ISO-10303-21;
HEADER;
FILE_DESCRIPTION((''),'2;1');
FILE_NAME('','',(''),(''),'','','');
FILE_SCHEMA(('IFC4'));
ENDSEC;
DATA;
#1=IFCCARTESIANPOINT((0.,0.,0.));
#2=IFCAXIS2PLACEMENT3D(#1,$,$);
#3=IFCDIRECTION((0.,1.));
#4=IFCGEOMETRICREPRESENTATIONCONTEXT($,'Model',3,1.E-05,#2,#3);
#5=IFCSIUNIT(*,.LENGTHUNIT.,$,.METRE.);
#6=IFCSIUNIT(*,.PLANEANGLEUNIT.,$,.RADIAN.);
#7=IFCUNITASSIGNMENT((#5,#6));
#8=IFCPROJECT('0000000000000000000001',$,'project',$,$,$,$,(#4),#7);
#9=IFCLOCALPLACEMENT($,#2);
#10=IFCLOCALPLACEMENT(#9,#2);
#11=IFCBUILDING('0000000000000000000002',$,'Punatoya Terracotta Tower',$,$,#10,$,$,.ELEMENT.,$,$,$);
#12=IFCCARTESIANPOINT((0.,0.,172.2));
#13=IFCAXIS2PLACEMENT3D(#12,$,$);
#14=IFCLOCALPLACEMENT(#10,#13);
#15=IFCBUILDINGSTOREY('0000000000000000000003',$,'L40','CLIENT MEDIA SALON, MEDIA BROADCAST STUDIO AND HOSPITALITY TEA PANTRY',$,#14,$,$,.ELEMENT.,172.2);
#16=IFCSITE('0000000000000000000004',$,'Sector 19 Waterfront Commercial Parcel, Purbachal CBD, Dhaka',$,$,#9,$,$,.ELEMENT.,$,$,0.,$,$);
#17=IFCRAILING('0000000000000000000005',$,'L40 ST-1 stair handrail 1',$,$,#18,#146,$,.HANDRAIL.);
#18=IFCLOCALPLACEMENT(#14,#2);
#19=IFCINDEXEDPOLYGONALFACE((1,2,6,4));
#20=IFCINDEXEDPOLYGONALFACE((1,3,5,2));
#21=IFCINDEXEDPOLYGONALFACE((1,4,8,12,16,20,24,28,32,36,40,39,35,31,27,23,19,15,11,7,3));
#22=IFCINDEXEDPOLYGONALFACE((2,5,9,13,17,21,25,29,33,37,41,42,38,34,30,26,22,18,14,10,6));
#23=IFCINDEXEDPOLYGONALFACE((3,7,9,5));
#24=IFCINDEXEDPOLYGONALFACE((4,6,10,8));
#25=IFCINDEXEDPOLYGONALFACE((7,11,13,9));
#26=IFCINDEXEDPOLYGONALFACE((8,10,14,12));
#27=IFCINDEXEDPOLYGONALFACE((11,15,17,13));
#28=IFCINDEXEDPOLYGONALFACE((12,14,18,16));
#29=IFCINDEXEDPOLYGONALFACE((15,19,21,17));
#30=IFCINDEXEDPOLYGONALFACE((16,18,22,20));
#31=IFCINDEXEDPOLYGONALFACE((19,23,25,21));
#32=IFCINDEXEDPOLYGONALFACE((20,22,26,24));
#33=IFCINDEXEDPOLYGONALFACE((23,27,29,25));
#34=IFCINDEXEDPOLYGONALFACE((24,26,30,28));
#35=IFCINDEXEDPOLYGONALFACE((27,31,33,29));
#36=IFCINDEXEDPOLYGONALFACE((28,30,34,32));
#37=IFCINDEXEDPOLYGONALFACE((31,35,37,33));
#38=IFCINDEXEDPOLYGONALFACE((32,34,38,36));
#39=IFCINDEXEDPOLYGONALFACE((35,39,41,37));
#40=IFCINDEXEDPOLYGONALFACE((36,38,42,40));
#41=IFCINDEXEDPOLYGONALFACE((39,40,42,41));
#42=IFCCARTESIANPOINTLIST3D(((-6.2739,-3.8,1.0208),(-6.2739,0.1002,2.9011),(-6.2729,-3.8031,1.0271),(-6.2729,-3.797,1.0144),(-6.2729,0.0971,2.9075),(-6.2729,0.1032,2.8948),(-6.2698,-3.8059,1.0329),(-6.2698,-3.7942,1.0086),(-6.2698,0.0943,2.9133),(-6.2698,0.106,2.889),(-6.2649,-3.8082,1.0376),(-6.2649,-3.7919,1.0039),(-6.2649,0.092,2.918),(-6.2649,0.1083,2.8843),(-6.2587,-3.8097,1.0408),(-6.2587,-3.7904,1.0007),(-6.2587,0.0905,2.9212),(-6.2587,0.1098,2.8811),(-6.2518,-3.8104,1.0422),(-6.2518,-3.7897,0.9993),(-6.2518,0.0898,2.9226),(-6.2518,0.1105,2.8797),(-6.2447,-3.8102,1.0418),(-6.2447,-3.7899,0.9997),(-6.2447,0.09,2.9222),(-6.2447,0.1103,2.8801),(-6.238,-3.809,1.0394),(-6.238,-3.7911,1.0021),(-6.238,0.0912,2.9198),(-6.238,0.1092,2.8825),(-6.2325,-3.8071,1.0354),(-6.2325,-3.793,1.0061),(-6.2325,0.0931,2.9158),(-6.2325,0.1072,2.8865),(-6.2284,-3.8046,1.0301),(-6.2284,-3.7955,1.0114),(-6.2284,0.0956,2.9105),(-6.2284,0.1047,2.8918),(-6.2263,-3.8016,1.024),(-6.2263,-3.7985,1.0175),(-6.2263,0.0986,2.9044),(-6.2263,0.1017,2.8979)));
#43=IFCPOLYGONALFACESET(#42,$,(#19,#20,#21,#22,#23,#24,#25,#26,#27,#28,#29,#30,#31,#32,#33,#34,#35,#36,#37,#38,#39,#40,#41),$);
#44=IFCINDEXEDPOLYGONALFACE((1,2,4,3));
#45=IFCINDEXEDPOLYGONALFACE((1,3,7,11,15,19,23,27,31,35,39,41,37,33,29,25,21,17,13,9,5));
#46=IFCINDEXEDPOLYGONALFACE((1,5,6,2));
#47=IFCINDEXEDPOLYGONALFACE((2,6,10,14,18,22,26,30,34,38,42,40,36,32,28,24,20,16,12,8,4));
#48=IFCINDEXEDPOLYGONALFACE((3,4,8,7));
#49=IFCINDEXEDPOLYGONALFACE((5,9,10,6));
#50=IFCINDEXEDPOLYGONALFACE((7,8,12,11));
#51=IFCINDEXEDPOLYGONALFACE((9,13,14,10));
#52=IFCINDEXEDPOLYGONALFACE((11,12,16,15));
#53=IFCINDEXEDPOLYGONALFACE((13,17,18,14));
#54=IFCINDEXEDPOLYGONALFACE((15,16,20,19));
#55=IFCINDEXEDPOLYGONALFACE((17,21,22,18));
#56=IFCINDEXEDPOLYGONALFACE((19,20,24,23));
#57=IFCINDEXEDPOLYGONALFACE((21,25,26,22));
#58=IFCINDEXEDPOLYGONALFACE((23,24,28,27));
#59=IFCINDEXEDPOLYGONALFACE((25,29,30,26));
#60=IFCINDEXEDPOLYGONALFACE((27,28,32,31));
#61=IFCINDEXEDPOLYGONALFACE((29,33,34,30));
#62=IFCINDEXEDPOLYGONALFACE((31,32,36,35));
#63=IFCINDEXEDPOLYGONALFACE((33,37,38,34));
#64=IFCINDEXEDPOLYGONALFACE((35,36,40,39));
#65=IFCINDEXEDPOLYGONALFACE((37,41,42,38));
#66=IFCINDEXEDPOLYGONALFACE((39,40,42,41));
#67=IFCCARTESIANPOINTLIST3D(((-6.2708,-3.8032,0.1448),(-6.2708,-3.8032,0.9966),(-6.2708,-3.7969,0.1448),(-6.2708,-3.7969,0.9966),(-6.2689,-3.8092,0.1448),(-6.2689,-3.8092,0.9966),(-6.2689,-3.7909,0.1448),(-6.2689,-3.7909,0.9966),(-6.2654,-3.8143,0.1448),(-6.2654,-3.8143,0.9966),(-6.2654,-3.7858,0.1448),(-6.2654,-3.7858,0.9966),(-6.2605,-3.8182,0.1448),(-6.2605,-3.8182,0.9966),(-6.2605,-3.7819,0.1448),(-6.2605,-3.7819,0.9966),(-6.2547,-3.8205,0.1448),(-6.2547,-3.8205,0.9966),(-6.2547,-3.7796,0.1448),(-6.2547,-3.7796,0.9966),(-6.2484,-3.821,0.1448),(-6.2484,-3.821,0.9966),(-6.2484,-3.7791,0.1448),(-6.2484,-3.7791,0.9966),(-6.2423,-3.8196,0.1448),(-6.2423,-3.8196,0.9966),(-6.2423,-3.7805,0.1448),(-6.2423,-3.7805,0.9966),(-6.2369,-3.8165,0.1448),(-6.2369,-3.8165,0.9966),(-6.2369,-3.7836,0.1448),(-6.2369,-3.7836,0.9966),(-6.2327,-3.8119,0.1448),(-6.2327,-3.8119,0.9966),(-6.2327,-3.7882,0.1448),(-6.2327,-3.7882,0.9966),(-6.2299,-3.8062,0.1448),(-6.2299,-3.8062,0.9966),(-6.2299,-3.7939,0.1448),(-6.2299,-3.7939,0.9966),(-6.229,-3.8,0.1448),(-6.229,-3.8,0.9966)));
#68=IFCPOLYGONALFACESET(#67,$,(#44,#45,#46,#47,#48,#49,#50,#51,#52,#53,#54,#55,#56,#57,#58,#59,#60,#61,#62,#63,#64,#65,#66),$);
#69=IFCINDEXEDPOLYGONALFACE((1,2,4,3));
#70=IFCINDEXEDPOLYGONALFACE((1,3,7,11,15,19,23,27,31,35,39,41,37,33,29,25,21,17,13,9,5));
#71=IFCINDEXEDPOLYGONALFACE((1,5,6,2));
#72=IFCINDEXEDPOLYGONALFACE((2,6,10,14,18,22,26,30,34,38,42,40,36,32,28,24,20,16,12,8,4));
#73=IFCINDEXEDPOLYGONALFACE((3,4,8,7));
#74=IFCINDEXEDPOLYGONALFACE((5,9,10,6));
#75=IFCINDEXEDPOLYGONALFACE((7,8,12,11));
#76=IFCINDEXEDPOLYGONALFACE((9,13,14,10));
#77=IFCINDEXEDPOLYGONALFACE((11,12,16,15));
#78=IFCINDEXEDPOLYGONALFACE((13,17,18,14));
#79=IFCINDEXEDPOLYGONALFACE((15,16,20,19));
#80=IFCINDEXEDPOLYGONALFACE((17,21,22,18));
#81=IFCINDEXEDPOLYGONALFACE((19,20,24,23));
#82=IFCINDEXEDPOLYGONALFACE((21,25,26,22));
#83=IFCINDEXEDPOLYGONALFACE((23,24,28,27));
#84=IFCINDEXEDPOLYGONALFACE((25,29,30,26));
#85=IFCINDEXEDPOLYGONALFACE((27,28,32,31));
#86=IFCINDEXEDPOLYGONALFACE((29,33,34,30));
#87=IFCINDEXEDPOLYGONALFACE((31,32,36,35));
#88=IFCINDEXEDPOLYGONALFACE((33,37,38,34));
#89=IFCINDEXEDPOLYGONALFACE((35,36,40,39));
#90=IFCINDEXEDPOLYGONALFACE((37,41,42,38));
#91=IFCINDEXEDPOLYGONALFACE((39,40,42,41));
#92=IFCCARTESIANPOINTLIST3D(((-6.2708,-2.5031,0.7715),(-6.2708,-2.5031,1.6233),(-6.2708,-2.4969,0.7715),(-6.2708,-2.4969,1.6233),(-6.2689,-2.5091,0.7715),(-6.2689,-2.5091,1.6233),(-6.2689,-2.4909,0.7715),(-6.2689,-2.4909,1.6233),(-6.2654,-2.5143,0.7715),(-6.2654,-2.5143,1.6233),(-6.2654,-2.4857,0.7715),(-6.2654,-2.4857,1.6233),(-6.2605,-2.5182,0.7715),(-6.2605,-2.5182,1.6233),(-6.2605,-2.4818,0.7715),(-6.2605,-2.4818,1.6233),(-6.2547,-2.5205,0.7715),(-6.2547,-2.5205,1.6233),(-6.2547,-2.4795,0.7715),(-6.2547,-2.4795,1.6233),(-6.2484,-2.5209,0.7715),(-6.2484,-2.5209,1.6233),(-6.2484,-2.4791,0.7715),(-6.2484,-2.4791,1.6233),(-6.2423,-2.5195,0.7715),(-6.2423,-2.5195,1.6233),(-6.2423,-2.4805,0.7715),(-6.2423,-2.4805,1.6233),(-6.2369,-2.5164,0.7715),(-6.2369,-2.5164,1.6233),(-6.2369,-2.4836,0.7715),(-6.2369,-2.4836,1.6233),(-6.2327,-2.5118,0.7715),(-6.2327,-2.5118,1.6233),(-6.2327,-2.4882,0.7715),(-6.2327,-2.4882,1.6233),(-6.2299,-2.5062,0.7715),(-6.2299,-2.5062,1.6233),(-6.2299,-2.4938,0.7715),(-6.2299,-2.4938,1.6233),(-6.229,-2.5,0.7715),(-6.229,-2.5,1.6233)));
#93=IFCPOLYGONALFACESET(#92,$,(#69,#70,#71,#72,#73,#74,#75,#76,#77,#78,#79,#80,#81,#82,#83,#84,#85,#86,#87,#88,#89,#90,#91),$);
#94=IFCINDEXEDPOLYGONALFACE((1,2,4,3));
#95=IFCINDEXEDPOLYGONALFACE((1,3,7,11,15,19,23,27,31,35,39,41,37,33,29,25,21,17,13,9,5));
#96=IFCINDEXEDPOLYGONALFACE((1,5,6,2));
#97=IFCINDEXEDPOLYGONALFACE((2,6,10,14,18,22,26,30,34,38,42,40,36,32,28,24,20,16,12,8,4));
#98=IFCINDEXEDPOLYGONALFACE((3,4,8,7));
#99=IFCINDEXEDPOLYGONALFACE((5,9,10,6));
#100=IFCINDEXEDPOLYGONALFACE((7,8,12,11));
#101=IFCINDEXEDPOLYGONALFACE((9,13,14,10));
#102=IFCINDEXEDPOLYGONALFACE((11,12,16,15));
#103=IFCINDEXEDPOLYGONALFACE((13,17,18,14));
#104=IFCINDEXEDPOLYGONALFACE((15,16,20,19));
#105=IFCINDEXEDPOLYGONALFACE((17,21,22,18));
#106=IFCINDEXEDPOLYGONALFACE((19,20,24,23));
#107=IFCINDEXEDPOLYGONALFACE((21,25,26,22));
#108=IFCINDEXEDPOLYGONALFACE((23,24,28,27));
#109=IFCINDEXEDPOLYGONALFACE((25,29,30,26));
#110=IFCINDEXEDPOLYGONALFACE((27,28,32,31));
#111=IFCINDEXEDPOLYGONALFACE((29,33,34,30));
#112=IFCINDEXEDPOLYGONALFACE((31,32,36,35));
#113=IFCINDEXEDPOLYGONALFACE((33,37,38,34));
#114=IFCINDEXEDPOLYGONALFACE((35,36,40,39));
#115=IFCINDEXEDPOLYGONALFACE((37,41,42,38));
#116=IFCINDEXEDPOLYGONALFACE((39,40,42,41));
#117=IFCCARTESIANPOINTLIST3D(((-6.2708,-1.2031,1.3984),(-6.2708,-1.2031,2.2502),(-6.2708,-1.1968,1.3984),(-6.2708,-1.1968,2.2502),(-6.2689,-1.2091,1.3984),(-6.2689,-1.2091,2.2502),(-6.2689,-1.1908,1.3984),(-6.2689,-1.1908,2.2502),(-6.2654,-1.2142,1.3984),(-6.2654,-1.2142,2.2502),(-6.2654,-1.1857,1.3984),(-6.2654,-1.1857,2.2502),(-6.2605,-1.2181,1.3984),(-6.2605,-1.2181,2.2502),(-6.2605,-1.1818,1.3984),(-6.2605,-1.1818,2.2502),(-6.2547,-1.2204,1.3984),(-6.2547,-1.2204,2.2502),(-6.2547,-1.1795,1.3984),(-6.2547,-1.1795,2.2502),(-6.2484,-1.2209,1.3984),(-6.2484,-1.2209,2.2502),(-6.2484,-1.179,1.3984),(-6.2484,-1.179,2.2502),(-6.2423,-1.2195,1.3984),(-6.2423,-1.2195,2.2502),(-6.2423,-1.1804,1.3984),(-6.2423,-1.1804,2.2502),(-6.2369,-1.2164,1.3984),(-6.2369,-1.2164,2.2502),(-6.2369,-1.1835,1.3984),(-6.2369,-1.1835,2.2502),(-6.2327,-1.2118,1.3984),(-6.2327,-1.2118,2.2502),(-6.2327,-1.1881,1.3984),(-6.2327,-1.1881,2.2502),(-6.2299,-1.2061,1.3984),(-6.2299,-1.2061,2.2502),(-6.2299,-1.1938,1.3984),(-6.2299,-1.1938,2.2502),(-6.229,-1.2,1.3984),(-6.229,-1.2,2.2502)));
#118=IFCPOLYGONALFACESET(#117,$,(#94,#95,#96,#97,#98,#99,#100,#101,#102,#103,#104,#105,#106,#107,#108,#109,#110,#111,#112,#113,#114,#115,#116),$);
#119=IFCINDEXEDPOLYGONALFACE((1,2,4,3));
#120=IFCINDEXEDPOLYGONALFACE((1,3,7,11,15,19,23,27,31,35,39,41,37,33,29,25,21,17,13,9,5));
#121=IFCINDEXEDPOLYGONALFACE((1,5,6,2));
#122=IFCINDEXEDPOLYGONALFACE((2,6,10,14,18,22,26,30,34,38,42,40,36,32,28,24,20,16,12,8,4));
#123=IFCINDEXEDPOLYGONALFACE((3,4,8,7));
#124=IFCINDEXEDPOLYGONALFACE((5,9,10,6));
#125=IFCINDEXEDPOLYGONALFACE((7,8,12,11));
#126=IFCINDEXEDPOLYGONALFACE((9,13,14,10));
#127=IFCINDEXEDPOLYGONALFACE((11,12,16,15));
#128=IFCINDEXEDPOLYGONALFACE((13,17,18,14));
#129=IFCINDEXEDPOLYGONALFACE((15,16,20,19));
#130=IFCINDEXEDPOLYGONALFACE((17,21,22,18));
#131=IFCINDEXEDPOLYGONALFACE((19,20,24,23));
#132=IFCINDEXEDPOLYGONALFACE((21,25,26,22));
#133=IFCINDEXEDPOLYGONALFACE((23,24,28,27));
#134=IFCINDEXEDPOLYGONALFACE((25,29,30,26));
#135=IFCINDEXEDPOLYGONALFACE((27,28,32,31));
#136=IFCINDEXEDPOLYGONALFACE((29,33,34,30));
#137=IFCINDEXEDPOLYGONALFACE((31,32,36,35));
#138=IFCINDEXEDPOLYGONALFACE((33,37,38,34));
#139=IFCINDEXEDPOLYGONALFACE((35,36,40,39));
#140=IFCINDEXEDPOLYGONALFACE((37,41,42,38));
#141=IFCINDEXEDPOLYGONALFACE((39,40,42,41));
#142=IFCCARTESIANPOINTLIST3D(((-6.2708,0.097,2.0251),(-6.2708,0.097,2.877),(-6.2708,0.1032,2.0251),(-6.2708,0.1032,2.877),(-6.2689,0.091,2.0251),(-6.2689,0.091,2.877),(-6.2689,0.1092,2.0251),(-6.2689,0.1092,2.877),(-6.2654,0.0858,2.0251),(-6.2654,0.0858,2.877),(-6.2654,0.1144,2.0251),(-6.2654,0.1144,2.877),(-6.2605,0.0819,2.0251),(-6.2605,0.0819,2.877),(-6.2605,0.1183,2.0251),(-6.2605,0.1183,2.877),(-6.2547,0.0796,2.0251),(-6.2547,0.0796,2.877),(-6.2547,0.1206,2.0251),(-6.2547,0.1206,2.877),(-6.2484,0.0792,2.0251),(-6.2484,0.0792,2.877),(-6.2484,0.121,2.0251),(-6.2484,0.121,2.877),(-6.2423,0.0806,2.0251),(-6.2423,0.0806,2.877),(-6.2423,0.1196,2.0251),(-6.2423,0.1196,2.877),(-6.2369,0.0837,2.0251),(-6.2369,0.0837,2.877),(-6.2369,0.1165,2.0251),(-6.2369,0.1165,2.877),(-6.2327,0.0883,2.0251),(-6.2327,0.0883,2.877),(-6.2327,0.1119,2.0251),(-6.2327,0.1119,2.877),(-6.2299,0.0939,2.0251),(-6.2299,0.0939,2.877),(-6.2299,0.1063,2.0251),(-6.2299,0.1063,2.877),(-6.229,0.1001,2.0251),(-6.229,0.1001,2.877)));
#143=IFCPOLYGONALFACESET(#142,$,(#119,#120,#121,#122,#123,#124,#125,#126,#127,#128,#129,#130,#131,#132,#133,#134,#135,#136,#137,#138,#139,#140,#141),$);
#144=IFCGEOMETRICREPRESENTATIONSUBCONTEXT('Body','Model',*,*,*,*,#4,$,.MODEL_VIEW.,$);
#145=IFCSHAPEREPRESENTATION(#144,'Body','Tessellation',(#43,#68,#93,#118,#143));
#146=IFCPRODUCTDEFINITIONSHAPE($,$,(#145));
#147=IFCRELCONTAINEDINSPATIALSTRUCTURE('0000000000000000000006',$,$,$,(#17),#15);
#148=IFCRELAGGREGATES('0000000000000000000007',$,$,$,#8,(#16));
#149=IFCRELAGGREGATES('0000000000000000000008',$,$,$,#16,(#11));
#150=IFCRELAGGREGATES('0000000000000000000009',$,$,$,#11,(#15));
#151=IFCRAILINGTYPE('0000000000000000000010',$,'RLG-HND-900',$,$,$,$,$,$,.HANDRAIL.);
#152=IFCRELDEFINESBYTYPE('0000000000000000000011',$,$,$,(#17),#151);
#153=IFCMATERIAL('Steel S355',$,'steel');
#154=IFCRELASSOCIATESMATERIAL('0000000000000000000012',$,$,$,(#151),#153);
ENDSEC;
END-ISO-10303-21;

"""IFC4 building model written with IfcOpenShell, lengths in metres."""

from ifc_helpers import new_model, si_unit, direction, frame, origin, origin_2d, place, context, subcontext, project, spatial, circle, extrude, material, type_object, element, save


model = new_model("IFC4")

# Units and contexts
model_context = context("Model", 3, precision=1e-05, world=origin(), true_north=direction((0.0, 1.0)))
body_context = subcontext(model_context, "Body", "Model", "MODEL_VIEW")
ifc_project = project(units=[si_unit("LENGTHUNIT", "METRE"), si_unit("PLANEANGLEUNIT", "RADIAN")], contexts=[model_context])

# Site, building, storey
site_placement = place(None, origin())
site = spatial("IfcSite", under=ifc_project, at=site_placement, Name="Sector 19 Waterfront Commercial Parcel, Purbachal CBD, Dhaka", CompositionType="ELEMENT", RefElevation=0.0)
building_placement = place(site_placement, origin())
building = spatial("IfcBuilding", under=site, at=building_placement, Name="Punatoya Terracotta Tower", CompositionType="ELEMENT")
storey_placement = place(building_placement, frame((0.0, 0.0, 172.2)))
storey = spatial("IfcBuildingStorey", under=building, at=storey_placement, Name="L40", Description="CLIENT MEDIA SALON, MEDIA BROADCAST STUDIO AND HOSPITALITY TEA PANTRY", CompositionType="ELEMENT", Elevation=172.2)

# Shared definitions
ifc_material_1 = material(Name="Steel S355", Category="steel")

# Railing
railing_type_1 = type_object("IfcRailingType", Name="RLG-HND-900", PredefinedType="HANDRAIL", material=ifc_material_1)
railing_1_placement = place(storey_placement, frame((-6.25, -3.8, 0.1448)))
element("IfcRailing", 1, at=railing_1_placement, inside=storey, type_object=railing_type_1, Name="L40 ST-1 stair handrail 1", PredefinedType="HANDRAIL", context=body_context, shape_type="SweptSolid", body=[
    extrude(circle(Radius=0.0239, at=origin_2d()), frame((0.0, 0.0, 0.876), z_axis=(0.0, 0.900774, 0.434289), x_axis=(-1.0, 0.0, 0.0)), (0.0, 0.0, 1.0), 4.3298),
    extrude(circle(Radius=0.021, at=origin_2d()), origin(), (0.0, 0.0, 1.0), 0.8518),
    extrude(circle(Radius=0.021, at=origin_2d()), frame((0.0, 1.3, 0.6267)), (0.0, 0.0, 1.0), 0.8518),
    extrude(circle(Radius=0.021, at=origin_2d()), frame((0.0, 2.6001, 1.2537)), (0.0, 0.0, 1.0), 0.8518),
    extrude(circle(Radius=0.021, at=origin_2d()), frame((0.0, 3.9001, 1.8804)), (0.0, 0.0, 1.0), 0.8518),
])

save(model, "model.ifc")
